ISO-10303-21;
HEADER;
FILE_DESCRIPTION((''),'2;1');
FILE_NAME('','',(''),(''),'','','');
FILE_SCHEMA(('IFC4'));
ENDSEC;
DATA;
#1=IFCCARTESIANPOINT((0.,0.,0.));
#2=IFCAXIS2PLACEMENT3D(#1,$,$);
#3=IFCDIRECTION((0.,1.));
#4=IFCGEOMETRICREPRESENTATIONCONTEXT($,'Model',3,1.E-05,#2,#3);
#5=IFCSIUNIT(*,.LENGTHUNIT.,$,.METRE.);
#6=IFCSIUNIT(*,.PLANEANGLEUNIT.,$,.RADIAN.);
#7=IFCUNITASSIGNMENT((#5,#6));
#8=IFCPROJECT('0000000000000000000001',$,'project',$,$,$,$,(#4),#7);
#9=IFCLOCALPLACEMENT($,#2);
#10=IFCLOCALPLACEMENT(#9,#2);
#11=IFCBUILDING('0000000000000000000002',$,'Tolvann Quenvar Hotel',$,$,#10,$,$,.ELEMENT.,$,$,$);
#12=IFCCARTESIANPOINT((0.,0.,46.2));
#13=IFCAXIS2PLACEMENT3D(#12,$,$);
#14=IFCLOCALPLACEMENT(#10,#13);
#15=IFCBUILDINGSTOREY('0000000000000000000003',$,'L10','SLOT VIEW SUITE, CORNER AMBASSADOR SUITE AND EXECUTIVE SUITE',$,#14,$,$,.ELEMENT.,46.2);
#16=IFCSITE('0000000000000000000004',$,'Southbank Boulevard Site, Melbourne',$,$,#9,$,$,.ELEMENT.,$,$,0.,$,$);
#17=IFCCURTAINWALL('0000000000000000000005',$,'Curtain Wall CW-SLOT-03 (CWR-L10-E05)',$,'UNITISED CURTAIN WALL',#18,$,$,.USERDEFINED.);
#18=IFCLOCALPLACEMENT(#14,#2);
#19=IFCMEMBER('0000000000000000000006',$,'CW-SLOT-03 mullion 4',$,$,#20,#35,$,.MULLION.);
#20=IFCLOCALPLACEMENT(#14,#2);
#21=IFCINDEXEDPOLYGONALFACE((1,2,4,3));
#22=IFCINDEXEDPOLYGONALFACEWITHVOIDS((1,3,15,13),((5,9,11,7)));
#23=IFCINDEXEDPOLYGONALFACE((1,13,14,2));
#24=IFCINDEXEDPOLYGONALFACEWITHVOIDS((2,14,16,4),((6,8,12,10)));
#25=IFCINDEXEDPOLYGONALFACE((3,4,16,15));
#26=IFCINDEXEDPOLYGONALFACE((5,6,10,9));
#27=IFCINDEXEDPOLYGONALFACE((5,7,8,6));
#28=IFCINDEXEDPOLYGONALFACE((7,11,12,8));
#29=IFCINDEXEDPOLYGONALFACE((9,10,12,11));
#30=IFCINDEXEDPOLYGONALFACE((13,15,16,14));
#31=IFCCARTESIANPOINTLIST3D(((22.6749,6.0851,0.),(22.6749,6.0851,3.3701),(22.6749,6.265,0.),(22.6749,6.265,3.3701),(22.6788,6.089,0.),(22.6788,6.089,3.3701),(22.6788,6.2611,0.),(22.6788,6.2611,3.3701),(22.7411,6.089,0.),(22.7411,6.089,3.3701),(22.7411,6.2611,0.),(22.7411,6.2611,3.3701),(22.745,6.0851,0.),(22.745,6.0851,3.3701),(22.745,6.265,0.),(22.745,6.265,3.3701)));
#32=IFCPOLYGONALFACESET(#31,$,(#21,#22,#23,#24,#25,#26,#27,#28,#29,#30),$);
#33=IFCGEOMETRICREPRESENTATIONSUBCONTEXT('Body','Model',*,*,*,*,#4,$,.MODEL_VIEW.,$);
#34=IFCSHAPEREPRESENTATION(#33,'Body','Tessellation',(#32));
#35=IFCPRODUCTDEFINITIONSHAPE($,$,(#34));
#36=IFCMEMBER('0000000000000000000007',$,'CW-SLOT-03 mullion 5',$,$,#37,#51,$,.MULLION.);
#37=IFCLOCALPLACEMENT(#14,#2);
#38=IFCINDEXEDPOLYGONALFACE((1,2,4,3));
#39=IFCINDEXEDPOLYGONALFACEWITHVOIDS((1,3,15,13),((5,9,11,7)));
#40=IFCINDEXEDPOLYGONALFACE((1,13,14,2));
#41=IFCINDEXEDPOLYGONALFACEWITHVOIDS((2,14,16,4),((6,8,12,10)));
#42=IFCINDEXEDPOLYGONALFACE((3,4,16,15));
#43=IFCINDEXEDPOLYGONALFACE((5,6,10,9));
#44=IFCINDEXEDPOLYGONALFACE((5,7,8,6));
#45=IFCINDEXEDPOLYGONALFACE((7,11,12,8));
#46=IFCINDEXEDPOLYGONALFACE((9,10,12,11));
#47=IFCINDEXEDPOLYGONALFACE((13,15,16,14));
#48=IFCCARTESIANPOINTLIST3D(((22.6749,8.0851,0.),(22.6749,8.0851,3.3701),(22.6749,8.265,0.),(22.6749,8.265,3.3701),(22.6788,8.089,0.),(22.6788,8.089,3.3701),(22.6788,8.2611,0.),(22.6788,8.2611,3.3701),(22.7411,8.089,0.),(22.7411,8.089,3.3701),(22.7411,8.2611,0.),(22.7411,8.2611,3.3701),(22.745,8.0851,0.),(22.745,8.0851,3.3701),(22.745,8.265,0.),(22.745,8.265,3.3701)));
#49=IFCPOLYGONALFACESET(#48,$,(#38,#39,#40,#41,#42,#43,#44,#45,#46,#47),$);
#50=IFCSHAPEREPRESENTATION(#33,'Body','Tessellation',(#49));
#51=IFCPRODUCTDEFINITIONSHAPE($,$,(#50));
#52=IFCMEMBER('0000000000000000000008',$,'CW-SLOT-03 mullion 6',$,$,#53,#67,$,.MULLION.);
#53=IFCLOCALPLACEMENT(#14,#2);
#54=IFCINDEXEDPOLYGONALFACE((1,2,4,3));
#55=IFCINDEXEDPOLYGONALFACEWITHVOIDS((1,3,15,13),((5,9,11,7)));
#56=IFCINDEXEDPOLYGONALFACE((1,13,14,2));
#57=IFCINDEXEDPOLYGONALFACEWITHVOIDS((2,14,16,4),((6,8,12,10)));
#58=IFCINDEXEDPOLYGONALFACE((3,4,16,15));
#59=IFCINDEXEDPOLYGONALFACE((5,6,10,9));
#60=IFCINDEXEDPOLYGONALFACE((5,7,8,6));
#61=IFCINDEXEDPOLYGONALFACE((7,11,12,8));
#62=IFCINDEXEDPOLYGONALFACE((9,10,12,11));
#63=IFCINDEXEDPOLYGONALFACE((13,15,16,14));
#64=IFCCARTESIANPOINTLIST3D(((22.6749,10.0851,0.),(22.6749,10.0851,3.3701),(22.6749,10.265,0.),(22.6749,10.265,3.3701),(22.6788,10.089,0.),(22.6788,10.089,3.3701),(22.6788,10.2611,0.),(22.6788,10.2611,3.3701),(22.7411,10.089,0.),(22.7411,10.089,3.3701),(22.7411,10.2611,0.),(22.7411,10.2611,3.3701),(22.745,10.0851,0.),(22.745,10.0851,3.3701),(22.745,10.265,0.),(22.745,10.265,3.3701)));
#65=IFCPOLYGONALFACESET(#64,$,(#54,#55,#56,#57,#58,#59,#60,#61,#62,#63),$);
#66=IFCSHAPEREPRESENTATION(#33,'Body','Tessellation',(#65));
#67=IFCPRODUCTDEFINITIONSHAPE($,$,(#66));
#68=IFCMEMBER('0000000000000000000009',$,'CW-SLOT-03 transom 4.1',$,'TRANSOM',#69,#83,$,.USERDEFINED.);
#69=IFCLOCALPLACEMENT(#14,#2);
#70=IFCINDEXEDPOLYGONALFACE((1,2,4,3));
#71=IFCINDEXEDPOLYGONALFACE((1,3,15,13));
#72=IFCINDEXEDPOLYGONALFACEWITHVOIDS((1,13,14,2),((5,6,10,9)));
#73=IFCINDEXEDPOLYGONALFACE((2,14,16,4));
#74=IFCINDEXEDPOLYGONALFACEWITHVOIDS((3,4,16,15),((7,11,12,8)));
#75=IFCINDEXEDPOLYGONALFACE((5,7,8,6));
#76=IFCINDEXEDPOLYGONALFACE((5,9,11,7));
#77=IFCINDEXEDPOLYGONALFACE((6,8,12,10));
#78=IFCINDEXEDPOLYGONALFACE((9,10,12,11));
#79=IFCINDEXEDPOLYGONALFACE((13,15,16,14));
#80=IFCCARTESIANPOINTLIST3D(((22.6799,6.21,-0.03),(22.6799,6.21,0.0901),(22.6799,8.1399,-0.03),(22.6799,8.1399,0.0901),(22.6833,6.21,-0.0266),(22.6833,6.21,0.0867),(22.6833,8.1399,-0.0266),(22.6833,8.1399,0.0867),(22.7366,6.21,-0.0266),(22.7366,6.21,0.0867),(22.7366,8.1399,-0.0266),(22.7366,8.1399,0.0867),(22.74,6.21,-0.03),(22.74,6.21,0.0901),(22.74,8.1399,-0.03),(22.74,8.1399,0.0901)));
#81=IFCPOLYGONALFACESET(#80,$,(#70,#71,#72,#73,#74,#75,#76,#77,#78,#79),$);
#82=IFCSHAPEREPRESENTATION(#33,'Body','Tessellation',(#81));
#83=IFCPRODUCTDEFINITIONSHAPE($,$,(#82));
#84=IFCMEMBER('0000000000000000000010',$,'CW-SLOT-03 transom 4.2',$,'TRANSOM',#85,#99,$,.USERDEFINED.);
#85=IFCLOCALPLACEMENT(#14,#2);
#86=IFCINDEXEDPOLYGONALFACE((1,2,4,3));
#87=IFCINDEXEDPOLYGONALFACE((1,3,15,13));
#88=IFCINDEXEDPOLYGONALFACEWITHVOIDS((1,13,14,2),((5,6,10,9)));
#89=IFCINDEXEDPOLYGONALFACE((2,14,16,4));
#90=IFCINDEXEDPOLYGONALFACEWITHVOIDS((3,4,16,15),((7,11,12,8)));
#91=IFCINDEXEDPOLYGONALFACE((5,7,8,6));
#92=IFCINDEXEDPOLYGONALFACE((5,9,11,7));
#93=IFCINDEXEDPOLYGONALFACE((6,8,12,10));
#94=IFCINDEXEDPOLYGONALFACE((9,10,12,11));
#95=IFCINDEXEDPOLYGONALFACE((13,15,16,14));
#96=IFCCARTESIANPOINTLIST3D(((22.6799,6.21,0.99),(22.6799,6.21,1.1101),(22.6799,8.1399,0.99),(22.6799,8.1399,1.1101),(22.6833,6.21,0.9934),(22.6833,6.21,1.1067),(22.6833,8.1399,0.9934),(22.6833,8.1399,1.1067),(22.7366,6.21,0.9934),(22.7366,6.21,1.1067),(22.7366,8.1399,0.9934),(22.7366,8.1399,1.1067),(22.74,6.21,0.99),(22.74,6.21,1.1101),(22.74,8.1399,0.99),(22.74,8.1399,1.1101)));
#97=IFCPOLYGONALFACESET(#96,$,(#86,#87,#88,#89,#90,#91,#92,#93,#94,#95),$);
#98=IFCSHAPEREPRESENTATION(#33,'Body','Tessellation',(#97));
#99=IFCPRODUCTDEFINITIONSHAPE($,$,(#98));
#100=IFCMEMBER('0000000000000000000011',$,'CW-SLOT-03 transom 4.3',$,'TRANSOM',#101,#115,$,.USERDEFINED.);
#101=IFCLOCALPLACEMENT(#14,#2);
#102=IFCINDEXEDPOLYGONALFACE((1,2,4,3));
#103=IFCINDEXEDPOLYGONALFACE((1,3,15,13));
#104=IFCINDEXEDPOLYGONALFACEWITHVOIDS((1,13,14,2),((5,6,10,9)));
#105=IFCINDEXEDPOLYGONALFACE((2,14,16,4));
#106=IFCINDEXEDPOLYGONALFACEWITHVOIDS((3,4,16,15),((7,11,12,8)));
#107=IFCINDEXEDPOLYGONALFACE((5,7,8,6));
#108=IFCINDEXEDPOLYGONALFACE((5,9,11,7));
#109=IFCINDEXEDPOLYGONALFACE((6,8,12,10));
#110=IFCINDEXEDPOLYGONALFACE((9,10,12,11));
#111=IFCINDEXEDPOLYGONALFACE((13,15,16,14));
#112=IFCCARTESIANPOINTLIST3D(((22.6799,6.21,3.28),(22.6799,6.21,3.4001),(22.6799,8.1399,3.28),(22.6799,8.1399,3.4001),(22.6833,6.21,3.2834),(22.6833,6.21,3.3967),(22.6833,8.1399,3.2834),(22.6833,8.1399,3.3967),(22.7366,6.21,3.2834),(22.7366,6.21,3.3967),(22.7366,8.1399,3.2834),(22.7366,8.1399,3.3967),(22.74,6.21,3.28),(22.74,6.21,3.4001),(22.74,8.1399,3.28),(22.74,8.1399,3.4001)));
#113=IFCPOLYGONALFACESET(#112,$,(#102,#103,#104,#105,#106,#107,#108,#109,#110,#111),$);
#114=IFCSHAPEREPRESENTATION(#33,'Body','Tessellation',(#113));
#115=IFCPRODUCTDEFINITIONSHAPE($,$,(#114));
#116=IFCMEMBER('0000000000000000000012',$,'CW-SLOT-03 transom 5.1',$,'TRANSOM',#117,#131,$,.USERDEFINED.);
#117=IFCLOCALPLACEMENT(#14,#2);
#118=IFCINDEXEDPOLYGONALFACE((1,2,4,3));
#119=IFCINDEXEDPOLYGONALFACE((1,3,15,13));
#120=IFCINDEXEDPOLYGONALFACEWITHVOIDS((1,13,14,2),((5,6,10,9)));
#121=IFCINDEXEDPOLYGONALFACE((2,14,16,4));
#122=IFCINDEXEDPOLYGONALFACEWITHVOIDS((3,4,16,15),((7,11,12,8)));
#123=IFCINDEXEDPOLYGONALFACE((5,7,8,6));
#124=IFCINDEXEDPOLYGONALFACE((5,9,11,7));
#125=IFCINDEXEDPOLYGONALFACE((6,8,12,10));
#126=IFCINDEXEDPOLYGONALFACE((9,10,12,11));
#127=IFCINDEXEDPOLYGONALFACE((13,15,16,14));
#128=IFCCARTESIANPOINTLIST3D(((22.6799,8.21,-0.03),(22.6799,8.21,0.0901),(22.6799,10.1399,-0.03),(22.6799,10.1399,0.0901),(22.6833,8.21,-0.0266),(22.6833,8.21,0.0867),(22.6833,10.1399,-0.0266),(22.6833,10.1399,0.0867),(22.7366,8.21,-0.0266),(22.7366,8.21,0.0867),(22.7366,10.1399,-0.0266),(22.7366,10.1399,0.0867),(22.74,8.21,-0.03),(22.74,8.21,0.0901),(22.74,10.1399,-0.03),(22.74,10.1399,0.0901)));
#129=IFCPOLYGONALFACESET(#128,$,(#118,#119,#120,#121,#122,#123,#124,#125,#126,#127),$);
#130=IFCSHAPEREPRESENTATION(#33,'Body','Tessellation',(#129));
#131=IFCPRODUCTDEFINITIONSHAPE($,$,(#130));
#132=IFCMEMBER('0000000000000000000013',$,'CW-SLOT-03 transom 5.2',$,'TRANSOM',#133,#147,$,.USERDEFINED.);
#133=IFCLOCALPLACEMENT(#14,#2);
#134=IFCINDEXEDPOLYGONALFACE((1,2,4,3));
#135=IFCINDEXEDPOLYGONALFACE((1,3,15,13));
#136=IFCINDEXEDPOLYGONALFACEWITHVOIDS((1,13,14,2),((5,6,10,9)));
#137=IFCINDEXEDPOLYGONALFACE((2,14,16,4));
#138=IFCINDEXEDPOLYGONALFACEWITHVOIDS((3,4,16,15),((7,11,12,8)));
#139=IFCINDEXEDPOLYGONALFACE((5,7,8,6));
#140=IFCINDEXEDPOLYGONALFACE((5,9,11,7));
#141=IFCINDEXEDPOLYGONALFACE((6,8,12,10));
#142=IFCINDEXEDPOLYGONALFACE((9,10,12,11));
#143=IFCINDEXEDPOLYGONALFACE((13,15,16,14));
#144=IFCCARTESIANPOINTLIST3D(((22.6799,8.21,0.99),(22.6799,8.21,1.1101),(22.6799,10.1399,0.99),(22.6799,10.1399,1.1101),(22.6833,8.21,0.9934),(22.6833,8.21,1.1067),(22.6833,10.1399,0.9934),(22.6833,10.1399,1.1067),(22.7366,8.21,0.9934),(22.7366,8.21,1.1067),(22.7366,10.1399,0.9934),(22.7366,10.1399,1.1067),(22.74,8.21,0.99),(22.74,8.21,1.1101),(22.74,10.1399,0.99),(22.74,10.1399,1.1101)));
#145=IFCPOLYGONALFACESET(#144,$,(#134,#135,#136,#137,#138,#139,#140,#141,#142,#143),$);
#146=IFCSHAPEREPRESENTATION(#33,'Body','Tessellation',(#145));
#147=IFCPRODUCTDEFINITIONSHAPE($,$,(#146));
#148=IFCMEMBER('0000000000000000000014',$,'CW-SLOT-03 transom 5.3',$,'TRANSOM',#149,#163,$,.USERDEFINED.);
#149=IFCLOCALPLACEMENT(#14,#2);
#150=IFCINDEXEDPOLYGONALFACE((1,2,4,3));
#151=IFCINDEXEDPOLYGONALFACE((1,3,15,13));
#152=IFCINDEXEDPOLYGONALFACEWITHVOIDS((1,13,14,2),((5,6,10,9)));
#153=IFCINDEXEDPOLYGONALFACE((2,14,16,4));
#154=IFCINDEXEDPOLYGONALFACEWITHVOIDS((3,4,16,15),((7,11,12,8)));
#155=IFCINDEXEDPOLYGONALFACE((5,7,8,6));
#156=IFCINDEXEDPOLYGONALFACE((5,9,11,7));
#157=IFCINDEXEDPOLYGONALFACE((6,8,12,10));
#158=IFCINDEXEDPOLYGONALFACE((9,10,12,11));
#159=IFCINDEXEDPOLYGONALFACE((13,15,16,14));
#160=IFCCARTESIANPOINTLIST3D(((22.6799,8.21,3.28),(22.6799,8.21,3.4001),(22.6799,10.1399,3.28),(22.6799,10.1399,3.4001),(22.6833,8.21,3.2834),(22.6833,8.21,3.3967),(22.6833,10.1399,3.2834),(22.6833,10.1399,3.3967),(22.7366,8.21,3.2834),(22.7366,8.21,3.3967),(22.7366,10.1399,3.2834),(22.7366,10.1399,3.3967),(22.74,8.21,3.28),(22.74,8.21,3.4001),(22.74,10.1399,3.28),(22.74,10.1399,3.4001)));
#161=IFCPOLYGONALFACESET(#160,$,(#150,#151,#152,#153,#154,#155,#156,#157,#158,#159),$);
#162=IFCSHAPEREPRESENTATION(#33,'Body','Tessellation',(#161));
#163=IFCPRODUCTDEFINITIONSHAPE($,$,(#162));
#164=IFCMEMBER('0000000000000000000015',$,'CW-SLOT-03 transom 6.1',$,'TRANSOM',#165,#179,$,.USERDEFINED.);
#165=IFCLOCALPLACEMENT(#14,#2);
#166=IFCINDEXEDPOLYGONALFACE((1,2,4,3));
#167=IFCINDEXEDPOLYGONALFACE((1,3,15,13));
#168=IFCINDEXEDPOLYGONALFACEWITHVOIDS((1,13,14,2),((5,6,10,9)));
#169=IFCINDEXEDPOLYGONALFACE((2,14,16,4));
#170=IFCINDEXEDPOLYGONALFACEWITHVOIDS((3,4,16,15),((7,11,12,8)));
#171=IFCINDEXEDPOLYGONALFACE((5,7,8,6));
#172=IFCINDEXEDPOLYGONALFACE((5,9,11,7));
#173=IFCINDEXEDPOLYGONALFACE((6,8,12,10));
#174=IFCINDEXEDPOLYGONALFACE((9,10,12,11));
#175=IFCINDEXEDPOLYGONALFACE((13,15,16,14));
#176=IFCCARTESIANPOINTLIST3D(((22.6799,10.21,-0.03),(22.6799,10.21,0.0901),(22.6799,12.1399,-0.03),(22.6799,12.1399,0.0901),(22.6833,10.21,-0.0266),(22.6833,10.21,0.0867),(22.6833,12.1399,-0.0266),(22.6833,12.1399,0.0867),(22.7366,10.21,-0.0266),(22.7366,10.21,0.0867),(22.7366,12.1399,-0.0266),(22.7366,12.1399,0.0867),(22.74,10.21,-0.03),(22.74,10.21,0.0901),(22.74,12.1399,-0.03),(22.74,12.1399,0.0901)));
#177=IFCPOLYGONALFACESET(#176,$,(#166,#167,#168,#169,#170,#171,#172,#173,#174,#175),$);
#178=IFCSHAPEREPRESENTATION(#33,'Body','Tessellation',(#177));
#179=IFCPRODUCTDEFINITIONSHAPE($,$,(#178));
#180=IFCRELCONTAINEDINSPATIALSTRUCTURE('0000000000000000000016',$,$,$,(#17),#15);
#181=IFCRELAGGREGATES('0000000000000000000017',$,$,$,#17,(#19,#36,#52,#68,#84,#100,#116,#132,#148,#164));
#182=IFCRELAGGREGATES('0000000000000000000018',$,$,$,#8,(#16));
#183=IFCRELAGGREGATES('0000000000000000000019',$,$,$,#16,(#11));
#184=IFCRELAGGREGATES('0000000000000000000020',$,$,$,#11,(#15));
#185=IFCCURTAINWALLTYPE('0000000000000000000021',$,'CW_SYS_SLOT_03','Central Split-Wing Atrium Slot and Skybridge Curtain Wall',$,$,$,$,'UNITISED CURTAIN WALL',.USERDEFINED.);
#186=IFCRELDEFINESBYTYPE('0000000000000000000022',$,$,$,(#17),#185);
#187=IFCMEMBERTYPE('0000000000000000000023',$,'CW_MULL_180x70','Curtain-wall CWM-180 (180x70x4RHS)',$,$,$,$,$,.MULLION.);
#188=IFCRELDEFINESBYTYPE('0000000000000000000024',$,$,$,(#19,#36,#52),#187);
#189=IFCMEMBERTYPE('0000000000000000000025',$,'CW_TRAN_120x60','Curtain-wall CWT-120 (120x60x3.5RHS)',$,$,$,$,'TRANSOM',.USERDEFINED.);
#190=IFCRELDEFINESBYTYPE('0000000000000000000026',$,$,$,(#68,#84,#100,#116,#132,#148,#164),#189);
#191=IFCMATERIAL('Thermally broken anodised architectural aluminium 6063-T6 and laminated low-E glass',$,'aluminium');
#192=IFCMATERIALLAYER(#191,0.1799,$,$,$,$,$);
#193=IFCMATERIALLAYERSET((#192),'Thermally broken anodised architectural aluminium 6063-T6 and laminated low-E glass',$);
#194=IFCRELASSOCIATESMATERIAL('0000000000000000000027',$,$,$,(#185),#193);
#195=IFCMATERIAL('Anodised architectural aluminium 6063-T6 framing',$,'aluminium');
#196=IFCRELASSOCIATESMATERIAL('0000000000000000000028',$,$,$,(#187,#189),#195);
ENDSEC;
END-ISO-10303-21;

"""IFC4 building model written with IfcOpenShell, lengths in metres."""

from ifc_helpers import new_model, si_unit, direction, frame, origin, origin_2d, place, context, subcontext, project, spatial, hollow_rectangle, extrude, source, transform, mapped, material, layer, layer_set, material_profile, profile_set, type_object, type_shapes, element, aggregate, save


model = new_model("IFC4")

# Units and contexts
model_context = context("Model", 3, precision=1e-05, world=origin(), true_north=direction((0.0, 1.0)))
body_context = subcontext(model_context, "Body", "Model", "MODEL_VIEW")
ifc_project = project(units=[si_unit("LENGTHUNIT", "METRE"), si_unit("PLANEANGLEUNIT", "RADIAN")], contexts=[model_context])

# Site, building, storey
site_placement = place(None, origin())
site = spatial("IfcSite", under=ifc_project, at=site_placement, Name="Southbank Boulevard Site, Melbourne", CompositionType="ELEMENT", RefElevation=0.0)
building_placement = place(site_placement, origin())
building = spatial("IfcBuilding", under=site, at=building_placement, Name="Tolvann Quenvar Hotel", CompositionType="ELEMENT")
storey_placement = place(building_placement, frame((0.0, 0.0, 46.2)))
storey = spatial("IfcBuildingStorey", under=building, at=storey_placement, Name="L10", Description="SLOT VIEW SUITE, CORNER AMBASSADOR SUITE AND EXECUTIVE SUITE", CompositionType="ELEMENT", Elevation=46.2)

# Curtain wall, members
ifc_material_1 = material(Name="Thermally broken anodised architectural aluminium 6063-T6 and laminated low-E glass", Category="aluminium")
ifc_layer_1 = layer(ifc_material_1, 0.1799)
ifc_layer_set_1 = layer_set([ifc_layer_1], Name="Thermally broken anodised architectural aluminium 6063-T6 and laminated low-E glass")
curtain_wall_type = type_object("IfcCurtainWallType", Name="CW_SYS_SLOT_03", Description="Central Split-Wing Atrium Slot and Skybridge Curtain Wall", ElementType="UNITISED CURTAIN WALL", PredefinedType="USERDEFINED", material=ifc_layer_set_1)
curtain_wall_placement = place(storey_placement, origin())
curtain_wall = element("IfcCurtainWall", 1, at=curtain_wall_placement, inside=storey, type_object=curtain_wall_type, Name="Curtain Wall CW-SLOT-03 (CWR-L10-E05)", ObjectType="UNITISED CURTAIN WALL", PredefinedType="USERDEFINED")
ifc_material_2 = material(Name="Anodised architectural aluminium 6063-T6 framing", Category="aluminium")
ifc_material_profile_1 = material_profile(ifc_material_2, hollow_rectangle(XDim=0.0701, YDim=0.1799, WallThickness=0.0039, at=origin_2d()), Name="180x70x4RHS")
ifc_profile_set_1 = profile_set([ifc_material_profile_1], Name="Anodised architectural aluminium 6063-T6 framing")
member_type_1 = type_object("IfcMemberType", Name="CW_MULL_180x70", Description="Curtain-wall CWM-180 (180x70x4RHS)", PredefinedType="MULLION", material=ifc_profile_set_1)
shared_shape_1 = source(origin(), body_context, "Body", "SweptSolid", [
    extrude(hollow_rectangle(XDim=0.0701, YDim=0.1799, WallThickness=0.0039, at=origin_2d()), origin(), (0.0, 0.0, 1.0), 3.3701),
])
type_shapes(member_type_1, [shared_shape_1])
member_1_placement = place(storey_placement, frame((22.71, 6.175, 0.0), z_axis=(0.0, 0.0, 1.0), x_axis=(-1.0, 0.0, 0.0)))
member_1 = element("IfcMember", 2, at=member_1_placement, type_object=member_type_1, Name="CW-SLOT-03 mullion 4", PredefinedType="MULLION", context=body_context, shape_type="MappedRepresentation", body=[
    mapped(shared_shape_1, transform((0.0, 0.0, 0.0), x_axis=(1.0, 0.0, 0.0), y_axis=(0.0, 1.0, 0.0), z_axis=(0.0, 0.0, 1.0), scale=1.0)),
])
member_2_placement = place(storey_placement, frame((22.71, 8.175, 0.0), z_axis=(0.0, 0.0, 1.0), x_axis=(-1.0, 0.0, 0.0)))
member_2 = element("IfcMember", 3, at=member_2_placement, type_object=member_type_1, Name="CW-SLOT-03 mullion 5", PredefinedType="MULLION", context=body_context, shape_type="MappedRepresentation", body=[
    mapped(shared_shape_1, transform((0.0, 0.0, 0.0), x_axis=(1.0, 0.0, 0.0), y_axis=(0.0, 1.0, 0.0), z_axis=(0.0, 0.0, 1.0), scale=1.0)),
])
member_3_placement = place(storey_placement, frame((22.71, 10.175, 0.0), z_axis=(0.0, 0.0, 1.0), x_axis=(-1.0, 0.0, 0.0)))
member_3 = element("IfcMember", 4, at=member_3_placement, type_object=member_type_1, Name="CW-SLOT-03 mullion 6", PredefinedType="MULLION", context=body_context, shape_type="MappedRepresentation", body=[
    mapped(shared_shape_1, transform((0.0, 0.0, 0.0), x_axis=(1.0, 0.0, 0.0), y_axis=(0.0, 1.0, 0.0), z_axis=(0.0, 0.0, 1.0), scale=1.0)),
])
ifc_material_profile_2 = material_profile(ifc_material_2, hollow_rectangle(XDim=0.0601, YDim=0.1201, WallThickness=0.0034, at=origin_2d()), Name="120x60x3.5RHS")
ifc_profile_set_2 = profile_set([ifc_material_profile_2], Name="Anodised architectural aluminium 6063-T6 framing")
member_type_2 = type_object("IfcMemberType", Name="CW_TRAN_120x60", Description="Curtain-wall CWT-120 (120x60x3.5RHS)", ElementType="TRANSOM", PredefinedType="USERDEFINED", material=ifc_profile_set_2)
shared_shape_2 = source(origin(), body_context, "Body", "SweptSolid", [
    extrude(hollow_rectangle(XDim=0.0601, YDim=0.1201, WallThickness=0.0034, at=origin_2d()), origin(), (0.0, 0.0, 1.0), 1.9299),
])
type_shapes(member_type_2, [shared_shape_2])
member_4_placement = place(storey_placement, frame((22.71, 6.21, 0.03), z_axis=(0.0, 1.0, 0.0), x_axis=(-1.0, 0.0, 0.0)))
member_4 = element("IfcMember", 5, at=member_4_placement, type_object=member_type_2, Name="CW-SLOT-03 transom 4.1", ObjectType="TRANSOM", PredefinedType="USERDEFINED", context=body_context, shape_type="MappedRepresentation", body=[
    mapped(shared_shape_2, transform((0.0, 0.0, 0.0), x_axis=(1.0, 0.0, 0.0), y_axis=(0.0, 1.0, 0.0), z_axis=(0.0, 0.0, 1.0), scale=1.0)),
])
member_5_placement = place(storey_placement, frame((22.71, 6.21, 1.05), z_axis=(0.0, 1.0, 0.0), x_axis=(-1.0, 0.0, 0.0)))
member_5 = element("IfcMember", 6, at=member_5_placement, type_object=member_type_2, Name="CW-SLOT-03 transom 4.2", ObjectType="TRANSOM", PredefinedType="USERDEFINED", context=body_context, shape_type="MappedRepresentation", body=[
    mapped(shared_shape_2, transform((0.0, 0.0, 0.0), x_axis=(1.0, 0.0, 0.0), y_axis=(0.0, 1.0, 0.0), z_axis=(0.0, 0.0, 1.0), scale=1.0)),
])
member_6_placement = place(storey_placement, frame((22.71, 6.21, 3.3401), z_axis=(0.0, 1.0, 0.0), x_axis=(-1.0, 0.0, 0.0)))
member_6 = element("IfcMember", 7, at=member_6_placement, type_object=member_type_2, Name="CW-SLOT-03 transom 4.3", ObjectType="TRANSOM", PredefinedType="USERDEFINED", context=body_context, shape_type="MappedRepresentation", body=[
    mapped(shared_shape_2, transform((0.0, 0.0, 0.0), x_axis=(1.0, 0.0, 0.0), y_axis=(0.0, 1.0, 0.0), z_axis=(0.0, 0.0, 1.0), scale=1.0)),
])
member_7_placement = place(storey_placement, frame((22.71, 8.21, 0.03), z_axis=(0.0, 1.0, 0.0), x_axis=(-1.0, 0.0, 0.0)))
member_7 = element("IfcMember", 8, at=member_7_placement, type_object=member_type_2, Name="CW-SLOT-03 transom 5.1", ObjectType="TRANSOM", PredefinedType="USERDEFINED", context=body_context, shape_type="MappedRepresentation", body=[
    mapped(shared_shape_2, transform((0.0, 0.0, 0.0), x_axis=(1.0, 0.0, 0.0), y_axis=(0.0, 1.0, 0.0), z_axis=(0.0, 0.0, 1.0), scale=1.0)),
])
member_8_placement = place(storey_placement, frame((22.71, 8.21, 1.05), z_axis=(0.0, 1.0, 0.0), x_axis=(-1.0, 0.0, 0.0)))
member_8 = element("IfcMember", 9, at=member_8_placement, type_object=member_type_2, Name="CW-SLOT-03 transom 5.2", ObjectType="TRANSOM", PredefinedType="USERDEFINED", context=body_context, shape_type="MappedRepresentation", body=[
    mapped(shared_shape_2, transform((0.0, 0.0, 0.0), x_axis=(1.0, 0.0, 0.0), y_axis=(0.0, 1.0, 0.0), z_axis=(0.0, 0.0, 1.0), scale=1.0)),
])
member_9_placement = place(storey_placement, frame((22.71, 8.21, 3.3401), z_axis=(0.0, 1.0, 0.0), x_axis=(-1.0, 0.0, 0.0)))
member_9 = element("IfcMember", 10, at=member_9_placement, type_object=member_type_2, Name="CW-SLOT-03 transom 5.3", ObjectType="TRANSOM", PredefinedType="USERDEFINED", context=body_context, shape_type="MappedRepresentation", body=[
    mapped(shared_shape_2, transform((0.0, 0.0, 0.0), x_axis=(1.0, 0.0, 0.0), y_axis=(0.0, 1.0, 0.0), z_axis=(0.0, 0.0, 1.0), scale=1.0)),
])
member_10_placement = place(storey_placement, frame((22.71, 10.21, 0.03), z_axis=(0.0, 1.0, 0.0), x_axis=(-1.0, 0.0, 0.0)))
member_10 = element("IfcMember", 11, at=member_10_placement, type_object=member_type_2, Name="CW-SLOT-03 transom 6.1", ObjectType="TRANSOM", PredefinedType="USERDEFINED", context=body_context, shape_type="MappedRepresentation", body=[
    mapped(shared_shape_2, transform((0.0, 0.0, 0.0), x_axis=(1.0, 0.0, 0.0), y_axis=(0.0, 1.0, 0.0), z_axis=(0.0, 0.0, 1.0), scale=1.0)),
])
aggregate(curtain_wall, [member_1, member_2, member_3, member_4, member_5, member_6, member_7, member_8, member_9, member_10])

save(model, "model.ifc")
